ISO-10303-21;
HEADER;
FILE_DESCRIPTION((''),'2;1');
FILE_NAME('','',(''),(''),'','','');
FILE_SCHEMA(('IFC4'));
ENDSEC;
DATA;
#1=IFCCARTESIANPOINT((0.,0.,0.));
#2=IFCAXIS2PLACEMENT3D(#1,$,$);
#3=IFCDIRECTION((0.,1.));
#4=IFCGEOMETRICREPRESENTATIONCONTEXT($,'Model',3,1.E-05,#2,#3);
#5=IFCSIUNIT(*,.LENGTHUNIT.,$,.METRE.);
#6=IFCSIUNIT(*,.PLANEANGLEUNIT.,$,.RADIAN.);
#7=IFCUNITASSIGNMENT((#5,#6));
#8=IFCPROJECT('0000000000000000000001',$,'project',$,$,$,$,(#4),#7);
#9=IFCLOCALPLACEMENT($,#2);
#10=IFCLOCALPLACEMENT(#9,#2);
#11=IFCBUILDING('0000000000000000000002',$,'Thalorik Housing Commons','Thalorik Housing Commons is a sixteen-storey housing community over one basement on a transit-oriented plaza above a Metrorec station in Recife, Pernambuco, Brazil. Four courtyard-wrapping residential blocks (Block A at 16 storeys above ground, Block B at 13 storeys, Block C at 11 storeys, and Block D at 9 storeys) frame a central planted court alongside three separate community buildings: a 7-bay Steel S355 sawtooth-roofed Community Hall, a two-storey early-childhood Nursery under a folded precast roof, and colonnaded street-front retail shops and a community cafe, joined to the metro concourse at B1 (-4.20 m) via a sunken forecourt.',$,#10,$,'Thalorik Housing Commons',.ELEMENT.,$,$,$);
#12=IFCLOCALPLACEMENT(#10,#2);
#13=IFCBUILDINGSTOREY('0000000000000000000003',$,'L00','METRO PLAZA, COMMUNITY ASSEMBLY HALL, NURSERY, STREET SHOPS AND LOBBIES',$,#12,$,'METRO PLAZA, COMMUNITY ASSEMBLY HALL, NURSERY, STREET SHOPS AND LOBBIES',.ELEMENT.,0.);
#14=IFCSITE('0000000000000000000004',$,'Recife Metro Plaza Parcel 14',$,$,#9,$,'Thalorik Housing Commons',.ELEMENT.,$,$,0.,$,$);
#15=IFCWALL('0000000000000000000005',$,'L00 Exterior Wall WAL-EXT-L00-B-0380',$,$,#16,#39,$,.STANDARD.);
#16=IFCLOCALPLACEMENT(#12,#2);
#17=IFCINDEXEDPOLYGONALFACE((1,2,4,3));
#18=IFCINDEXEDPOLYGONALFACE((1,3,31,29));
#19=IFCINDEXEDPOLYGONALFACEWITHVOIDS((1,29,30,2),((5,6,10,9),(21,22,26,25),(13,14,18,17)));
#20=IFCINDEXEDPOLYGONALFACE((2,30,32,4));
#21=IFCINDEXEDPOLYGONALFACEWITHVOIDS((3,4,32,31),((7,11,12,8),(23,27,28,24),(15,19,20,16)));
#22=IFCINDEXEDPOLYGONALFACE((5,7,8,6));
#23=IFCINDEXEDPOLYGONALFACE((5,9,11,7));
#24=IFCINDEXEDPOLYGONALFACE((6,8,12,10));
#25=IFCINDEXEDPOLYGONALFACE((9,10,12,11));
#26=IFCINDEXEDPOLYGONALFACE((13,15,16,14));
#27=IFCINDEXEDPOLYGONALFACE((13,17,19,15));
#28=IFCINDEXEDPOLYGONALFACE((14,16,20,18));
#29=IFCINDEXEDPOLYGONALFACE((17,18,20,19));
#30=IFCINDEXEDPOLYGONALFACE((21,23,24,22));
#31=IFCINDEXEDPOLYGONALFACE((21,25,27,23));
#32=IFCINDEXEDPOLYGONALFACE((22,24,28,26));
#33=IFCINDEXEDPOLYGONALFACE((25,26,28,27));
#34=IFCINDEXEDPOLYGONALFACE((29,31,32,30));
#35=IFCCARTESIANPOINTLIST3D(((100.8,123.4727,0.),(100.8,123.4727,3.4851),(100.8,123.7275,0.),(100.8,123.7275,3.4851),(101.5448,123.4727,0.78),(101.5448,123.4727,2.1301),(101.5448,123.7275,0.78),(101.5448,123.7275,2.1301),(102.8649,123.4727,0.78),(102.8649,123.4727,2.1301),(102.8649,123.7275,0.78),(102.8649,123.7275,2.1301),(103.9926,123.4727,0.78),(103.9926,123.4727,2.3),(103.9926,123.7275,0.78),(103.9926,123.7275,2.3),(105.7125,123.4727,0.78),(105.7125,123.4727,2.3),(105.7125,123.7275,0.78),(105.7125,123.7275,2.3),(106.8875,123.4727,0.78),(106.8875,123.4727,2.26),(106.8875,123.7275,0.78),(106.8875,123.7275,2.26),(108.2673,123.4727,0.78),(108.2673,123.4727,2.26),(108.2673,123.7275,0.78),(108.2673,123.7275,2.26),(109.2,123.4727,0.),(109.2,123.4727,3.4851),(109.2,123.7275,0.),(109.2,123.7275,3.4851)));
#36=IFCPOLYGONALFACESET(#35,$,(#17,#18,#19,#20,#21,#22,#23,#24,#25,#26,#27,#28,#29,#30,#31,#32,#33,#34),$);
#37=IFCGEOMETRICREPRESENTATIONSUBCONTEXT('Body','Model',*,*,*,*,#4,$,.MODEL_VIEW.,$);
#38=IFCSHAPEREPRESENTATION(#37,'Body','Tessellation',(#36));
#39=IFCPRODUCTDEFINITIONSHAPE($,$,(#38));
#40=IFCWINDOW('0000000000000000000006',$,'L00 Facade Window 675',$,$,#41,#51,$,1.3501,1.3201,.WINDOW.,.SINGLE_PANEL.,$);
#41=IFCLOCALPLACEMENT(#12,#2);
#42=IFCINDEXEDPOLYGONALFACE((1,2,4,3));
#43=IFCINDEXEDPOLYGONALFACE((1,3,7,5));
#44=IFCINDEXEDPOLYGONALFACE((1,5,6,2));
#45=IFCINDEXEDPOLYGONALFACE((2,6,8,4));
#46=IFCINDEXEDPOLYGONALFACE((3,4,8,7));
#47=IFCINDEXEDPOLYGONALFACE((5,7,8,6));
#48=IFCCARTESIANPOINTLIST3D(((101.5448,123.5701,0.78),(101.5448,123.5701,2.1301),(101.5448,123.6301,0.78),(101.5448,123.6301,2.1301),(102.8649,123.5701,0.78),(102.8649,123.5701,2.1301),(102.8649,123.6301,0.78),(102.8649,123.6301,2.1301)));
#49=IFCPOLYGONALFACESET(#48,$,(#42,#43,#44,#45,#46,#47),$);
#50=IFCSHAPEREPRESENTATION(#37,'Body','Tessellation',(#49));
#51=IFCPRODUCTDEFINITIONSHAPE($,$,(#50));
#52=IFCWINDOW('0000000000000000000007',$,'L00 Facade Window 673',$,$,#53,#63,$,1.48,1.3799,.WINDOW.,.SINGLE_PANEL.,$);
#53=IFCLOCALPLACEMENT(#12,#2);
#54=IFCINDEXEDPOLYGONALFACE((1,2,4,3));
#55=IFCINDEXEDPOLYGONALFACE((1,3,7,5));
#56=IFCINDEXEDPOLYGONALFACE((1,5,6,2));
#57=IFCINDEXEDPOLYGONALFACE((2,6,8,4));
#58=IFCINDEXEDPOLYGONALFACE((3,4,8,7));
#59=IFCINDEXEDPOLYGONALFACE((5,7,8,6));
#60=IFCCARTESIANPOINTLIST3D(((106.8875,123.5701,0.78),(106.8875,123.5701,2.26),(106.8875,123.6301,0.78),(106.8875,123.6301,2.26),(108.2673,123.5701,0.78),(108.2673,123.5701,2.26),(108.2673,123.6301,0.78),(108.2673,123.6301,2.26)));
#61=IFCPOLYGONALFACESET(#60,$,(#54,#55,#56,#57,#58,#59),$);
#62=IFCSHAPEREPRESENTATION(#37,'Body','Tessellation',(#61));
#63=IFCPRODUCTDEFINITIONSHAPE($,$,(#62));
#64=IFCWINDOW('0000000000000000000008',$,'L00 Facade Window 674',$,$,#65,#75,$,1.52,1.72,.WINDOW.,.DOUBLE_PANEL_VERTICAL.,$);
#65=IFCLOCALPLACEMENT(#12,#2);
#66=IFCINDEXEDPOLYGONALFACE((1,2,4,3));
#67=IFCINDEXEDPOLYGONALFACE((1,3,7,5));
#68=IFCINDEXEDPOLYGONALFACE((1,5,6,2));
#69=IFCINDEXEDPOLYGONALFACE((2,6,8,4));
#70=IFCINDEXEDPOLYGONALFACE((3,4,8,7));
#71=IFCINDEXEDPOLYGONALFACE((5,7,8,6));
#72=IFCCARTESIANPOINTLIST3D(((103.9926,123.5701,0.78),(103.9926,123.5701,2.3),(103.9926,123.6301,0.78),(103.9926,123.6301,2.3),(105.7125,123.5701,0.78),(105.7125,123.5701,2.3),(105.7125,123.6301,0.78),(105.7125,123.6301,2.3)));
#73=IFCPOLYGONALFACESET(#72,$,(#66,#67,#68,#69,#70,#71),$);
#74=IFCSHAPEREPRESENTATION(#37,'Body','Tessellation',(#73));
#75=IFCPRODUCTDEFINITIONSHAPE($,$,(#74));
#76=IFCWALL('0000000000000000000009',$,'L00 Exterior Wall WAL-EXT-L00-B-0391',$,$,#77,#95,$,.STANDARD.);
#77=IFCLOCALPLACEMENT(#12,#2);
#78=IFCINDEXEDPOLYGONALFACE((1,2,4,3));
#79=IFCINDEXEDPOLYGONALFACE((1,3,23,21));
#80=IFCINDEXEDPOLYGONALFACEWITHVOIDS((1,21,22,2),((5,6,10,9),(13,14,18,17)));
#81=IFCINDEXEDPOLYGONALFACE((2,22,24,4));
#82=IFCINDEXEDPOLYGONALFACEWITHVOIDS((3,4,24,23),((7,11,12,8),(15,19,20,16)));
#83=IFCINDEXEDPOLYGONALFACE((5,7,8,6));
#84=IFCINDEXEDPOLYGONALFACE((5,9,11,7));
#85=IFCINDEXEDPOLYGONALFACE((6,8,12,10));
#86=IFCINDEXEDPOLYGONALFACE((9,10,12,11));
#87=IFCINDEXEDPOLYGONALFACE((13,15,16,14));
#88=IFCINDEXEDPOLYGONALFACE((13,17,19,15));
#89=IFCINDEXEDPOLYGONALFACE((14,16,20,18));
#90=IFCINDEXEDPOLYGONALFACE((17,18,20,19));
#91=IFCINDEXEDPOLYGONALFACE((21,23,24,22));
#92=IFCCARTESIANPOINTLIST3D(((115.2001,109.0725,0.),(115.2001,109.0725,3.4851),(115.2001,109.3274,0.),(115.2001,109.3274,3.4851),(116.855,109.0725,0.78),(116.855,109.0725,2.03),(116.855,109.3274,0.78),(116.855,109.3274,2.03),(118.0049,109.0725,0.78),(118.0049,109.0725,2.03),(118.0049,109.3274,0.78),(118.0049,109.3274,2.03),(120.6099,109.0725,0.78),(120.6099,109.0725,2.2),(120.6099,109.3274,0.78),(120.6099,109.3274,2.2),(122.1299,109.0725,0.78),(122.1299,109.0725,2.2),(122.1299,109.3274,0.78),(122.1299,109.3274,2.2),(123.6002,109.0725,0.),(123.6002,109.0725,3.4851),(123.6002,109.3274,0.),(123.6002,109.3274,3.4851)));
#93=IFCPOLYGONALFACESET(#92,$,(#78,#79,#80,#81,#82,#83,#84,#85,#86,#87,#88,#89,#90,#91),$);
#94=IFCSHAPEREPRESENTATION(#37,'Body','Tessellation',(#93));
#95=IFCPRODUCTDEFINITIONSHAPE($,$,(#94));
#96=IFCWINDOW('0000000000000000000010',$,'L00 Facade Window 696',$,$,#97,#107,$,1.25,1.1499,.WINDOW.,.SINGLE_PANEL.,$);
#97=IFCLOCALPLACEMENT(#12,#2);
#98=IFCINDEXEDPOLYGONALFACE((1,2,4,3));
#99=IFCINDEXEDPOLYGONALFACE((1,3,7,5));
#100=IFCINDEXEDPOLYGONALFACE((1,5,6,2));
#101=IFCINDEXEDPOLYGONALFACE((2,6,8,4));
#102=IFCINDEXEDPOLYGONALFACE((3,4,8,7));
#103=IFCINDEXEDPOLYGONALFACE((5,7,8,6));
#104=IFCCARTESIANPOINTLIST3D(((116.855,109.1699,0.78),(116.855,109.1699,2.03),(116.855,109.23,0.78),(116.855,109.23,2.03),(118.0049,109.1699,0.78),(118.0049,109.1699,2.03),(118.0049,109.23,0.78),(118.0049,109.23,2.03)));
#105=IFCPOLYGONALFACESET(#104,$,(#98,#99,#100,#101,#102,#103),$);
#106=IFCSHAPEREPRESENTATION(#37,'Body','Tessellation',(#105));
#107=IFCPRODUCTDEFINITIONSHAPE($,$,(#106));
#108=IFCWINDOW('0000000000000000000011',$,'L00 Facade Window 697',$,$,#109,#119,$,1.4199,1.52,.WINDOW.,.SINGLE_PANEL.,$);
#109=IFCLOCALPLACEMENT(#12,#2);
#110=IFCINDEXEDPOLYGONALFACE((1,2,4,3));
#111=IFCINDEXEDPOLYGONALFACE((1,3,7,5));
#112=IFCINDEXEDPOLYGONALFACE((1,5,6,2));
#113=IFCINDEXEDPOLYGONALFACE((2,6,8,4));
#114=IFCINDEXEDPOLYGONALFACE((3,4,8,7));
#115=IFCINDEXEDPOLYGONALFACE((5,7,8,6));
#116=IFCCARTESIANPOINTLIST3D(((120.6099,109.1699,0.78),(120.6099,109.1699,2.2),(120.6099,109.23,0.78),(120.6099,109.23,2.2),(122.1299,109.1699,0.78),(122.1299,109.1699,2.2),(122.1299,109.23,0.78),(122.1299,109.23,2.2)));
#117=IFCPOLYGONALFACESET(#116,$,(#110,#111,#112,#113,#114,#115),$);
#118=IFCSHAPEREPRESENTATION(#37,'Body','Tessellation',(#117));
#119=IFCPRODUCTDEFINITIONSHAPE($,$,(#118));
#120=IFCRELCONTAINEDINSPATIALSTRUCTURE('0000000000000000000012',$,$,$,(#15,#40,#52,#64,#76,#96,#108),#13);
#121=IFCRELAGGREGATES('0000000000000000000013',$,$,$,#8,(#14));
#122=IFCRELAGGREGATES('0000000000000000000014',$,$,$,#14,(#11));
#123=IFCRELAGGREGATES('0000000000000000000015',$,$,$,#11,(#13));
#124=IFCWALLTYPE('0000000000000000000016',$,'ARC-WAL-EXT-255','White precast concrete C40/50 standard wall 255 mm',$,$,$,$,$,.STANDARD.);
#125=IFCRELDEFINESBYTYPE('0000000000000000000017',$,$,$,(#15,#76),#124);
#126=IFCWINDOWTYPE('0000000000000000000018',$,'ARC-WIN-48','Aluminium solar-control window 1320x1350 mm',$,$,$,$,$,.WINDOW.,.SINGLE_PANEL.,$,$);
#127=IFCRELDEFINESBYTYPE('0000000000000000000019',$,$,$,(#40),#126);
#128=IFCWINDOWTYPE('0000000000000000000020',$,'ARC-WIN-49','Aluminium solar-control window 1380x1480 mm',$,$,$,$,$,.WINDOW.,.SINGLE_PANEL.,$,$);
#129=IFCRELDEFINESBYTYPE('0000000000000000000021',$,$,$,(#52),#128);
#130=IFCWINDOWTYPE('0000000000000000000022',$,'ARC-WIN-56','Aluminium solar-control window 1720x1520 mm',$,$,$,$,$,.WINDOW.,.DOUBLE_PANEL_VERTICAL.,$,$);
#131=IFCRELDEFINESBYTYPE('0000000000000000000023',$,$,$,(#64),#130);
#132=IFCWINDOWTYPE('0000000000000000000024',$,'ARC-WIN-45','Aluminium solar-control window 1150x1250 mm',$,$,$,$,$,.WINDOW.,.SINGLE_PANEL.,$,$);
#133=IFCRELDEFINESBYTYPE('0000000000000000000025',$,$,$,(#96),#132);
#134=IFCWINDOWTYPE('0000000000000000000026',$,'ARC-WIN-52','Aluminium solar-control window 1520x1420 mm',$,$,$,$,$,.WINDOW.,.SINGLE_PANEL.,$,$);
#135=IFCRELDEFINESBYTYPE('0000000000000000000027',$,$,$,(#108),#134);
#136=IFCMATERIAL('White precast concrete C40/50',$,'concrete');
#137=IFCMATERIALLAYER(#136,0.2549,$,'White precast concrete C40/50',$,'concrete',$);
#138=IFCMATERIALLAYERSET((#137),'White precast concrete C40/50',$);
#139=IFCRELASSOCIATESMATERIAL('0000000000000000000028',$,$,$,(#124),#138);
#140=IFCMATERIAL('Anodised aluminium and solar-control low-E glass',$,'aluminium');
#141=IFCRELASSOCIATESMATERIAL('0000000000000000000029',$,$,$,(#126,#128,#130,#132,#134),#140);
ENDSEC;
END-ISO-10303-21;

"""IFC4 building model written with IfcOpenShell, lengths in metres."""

from ifc_helpers import new_model, si_unit, direction, frame, frame_2d, origin, place, context, subcontext, project, spatial, rectangle, extrude, material, layer, layer_set, type_object, element, fill, save


model = new_model("IFC4")

# Units and contexts
model_context = context("Model", 3, precision=1e-05, world=origin(), true_north=direction((0.0, 1.0)))
body_context = subcontext(model_context, "Body", "Model", "MODEL_VIEW")
ifc_project = project(units=[si_unit("LENGTHUNIT", "METRE"), si_unit("PLANEANGLEUNIT", "RADIAN")], contexts=[model_context])

# Site, building, storey
site_placement = place(None, origin())
site = spatial("IfcSite", under=ifc_project, at=site_placement, Name="Recife Metro Plaza Parcel 14", LongName="Thalorik Housing Commons", CompositionType="ELEMENT", RefElevation=0.0)
building_placement = place(site_placement, origin())
building = spatial("IfcBuilding", under=site, at=building_placement, Name="Thalorik Housing Commons", Description="Thalorik Housing Commons is a sixteen-storey housing community over one basement on a transit-oriented plaza above a Metrorec station in Recife, Pernambuco, Brazil. Four courtyard-wrapping residential blocks (Block A at 16 storeys above ground, Block B at 13 storeys, Block C at 11 storeys, and Block D at 9 storeys) frame a central planted court alongside three separate community buildings: a 7-bay Steel S355 sawtooth-roofed Community Hall, a two-storey early-childhood Nursery under a folded precast roof, and colonnaded street-front retail shops and a community cafe, joined to the metro concourse at B1 (-4.20 m) via a sunken forecourt.", LongName="Thalorik Housing Commons", CompositionType="ELEMENT")
storey_placement = place(building_placement, origin())
storey = spatial("IfcBuildingStorey", under=building, at=storey_placement, Name="L00", Description="METRO PLAZA, COMMUNITY ASSEMBLY HALL, NURSERY, STREET SHOPS AND LOBBIES", LongName="METRO PLAZA, COMMUNITY ASSEMBLY HALL, NURSERY, STREET SHOPS AND LOBBIES", CompositionType="ELEMENT", Elevation=0.0)

# Walls, openings, windows
ifc_material_1 = material(Name="White precast concrete C40/50", Category="concrete")
ifc_layer = layer(ifc_material_1, 0.2549, Name="White precast concrete C40/50", Category="concrete")
ifc_layer_set = layer_set([ifc_layer], Name="White precast concrete C40/50")
wall_type = type_object("IfcWallType", Name="ARC-WAL-EXT-255", Description="White precast concrete C40/50 standard wall 255 mm", PredefinedType="STANDARD", material=ifc_layer_set)
wall_1_placement = place(storey_placement, frame((109.2, 123.6001, 0.0), z_axis=(0.0, 0.0, 1.0), x_axis=(-1.0, 0.0, 0.0)))
wall_1 = element("IfcWall", 1, at=wall_1_placement, inside=storey, type_object=wall_type, Name="L00 Exterior Wall WAL-EXT-L00-B-0380", PredefinedType="STANDARD", context=body_context, shape_type="SweptSolid", body=[
    extrude(rectangle(XDim=8.3999, YDim=0.2549, at=frame_2d((4.2, 0.0))), origin(), (0.0, 0.0, 1.0), 3.4851),
])
opening_1_placement = place(wall_1_placement, frame((0.9326, 0.0, 0.78)))
opening_1 = element("IfcOpeningElement", 2, at=opening_1_placement, cuts=wall_1, PredefinedType="OPENING", context=body_context, shape_type="SweptSolid", body=[
    extrude(rectangle(XDim=1.3799, YDim=1.48, at=frame_2d((0.6899, 0.74))), frame((0.0, 0.1375, 0.0), z_axis=(0.0, -1.0, 0.0), x_axis=(1.0, 0.0, 0.0)), (0.0, 0.0, 1.0), 0.2749),
])
opening_2_placement = place(wall_1_placement, frame((3.4875, 0.0, 0.78)))
opening_2 = element("IfcOpeningElement", 3, at=opening_2_placement, cuts=wall_1, PredefinedType="OPENING", context=body_context, shape_type="SweptSolid", body=[
    extrude(rectangle(XDim=1.72, YDim=1.52, at=frame_2d((0.8599, 0.76))), frame((0.0, 0.1375, 0.0), z_axis=(0.0, -1.0, 0.0), x_axis=(1.0, 0.0, 0.0)), (0.0, 0.0, 1.0), 0.2749),
])
opening_3_placement = place(wall_1_placement, frame((6.335, 0.0, 0.78)))
opening_3 = element("IfcOpeningElement", 4, at=opening_3_placement, cuts=wall_1, PredefinedType="OPENING", context=body_context, shape_type="SweptSolid", body=[
    extrude(rectangle(XDim=1.3201, YDim=1.3501, at=frame_2d((0.6602, 0.675))), frame((0.0, 0.1375, 0.0), z_axis=(0.0, -1.0, 0.0), x_axis=(1.0, 0.0, 0.0)), (0.0, 0.0, 1.0), 0.2749),
])
ifc_material_2 = material(Name="Anodised aluminium and solar-control low-E glass", Category="aluminium")
window_type_1 = type_object("IfcWindowType", Name="ARC-WIN-48", Description="Aluminium solar-control window 1320x1350 mm", PartitioningType="SINGLE_PANEL", PredefinedType="WINDOW", material=ifc_material_2)
window_1_placement = place(opening_3_placement, origin())
window_1 = element("IfcWindow", 5, at=window_1_placement, inside=storey, type_object=window_type_1, Name="L00 Facade Window 675", OverallHeight=1.3501, OverallWidth=1.3201, PartitioningType="SINGLE_PANEL", PredefinedType="WINDOW", context=body_context, shape_type="SweptSolid", body=[
    extrude(rectangle(XDim=1.3201, YDim=1.3501, at=frame_2d((0.6602, 0.675))), frame((0.0, 0.03, 0.0), z_axis=(0.0, -1.0, 0.0), x_axis=(1.0, 0.0, 0.0)), (0.0, 0.0, 1.0), 0.0601),
])
fill(opening_3, window_1)
window_type_2 = type_object("IfcWindowType", Name="ARC-WIN-49", Description="Aluminium solar-control window 1380x1480 mm", PartitioningType="SINGLE_PANEL", PredefinedType="WINDOW", material=ifc_material_2)
window_2_placement = place(opening_1_placement, origin())
window_2 = element("IfcWindow", 6, at=window_2_placement, inside=storey, type_object=window_type_2, Name="L00 Facade Window 673", OverallHeight=1.48, OverallWidth=1.3799, PartitioningType="SINGLE_PANEL", PredefinedType="WINDOW", context=body_context, shape_type="SweptSolid", body=[
    extrude(rectangle(XDim=1.3799, YDim=1.48, at=frame_2d((0.6899, 0.74))), frame((0.0, 0.03, 0.0), z_axis=(0.0, -1.0, 0.0), x_axis=(1.0, 0.0, 0.0)), (0.0, 0.0, 1.0), 0.0601),
])
fill(opening_1, window_2)
window_type_3 = type_object("IfcWindowType", Name="ARC-WIN-56", Description="Aluminium solar-control window 1720x1520 mm", PartitioningType="DOUBLE_PANEL_VERTICAL", PredefinedType="WINDOW", material=ifc_material_2)
window_3_placement = place(opening_2_placement, origin())
window_3 = element("IfcWindow", 7, at=window_3_placement, inside=storey, type_object=window_type_3, Name="L00 Facade Window 674", OverallHeight=1.52, OverallWidth=1.72, PartitioningType="DOUBLE_PANEL_VERTICAL", PredefinedType="WINDOW", context=body_context, shape_type="SweptSolid", body=[
    extrude(rectangle(XDim=1.72, YDim=1.52, at=frame_2d((0.8599, 0.76))), frame((0.0, 0.03, 0.0), z_axis=(0.0, -1.0, 0.0), x_axis=(1.0, 0.0, 0.0)), (0.0, 0.0, 1.0), 0.0601),
])
fill(opening_2, window_3)
wall_2_placement = place(storey_placement, frame((115.2, 109.2, 0.0), z_axis=(0.0, 0.0, 1.0), x_axis=(1.0, 0.0, 0.0)))
wall_2 = element("IfcWall", 8, at=wall_2_placement, inside=storey, type_object=wall_type, Name="L00 Exterior Wall WAL-EXT-L00-B-0391", PredefinedType="STANDARD", context=body_context, shape_type="SweptSolid", body=[
    extrude(rectangle(XDim=8.4001, YDim=0.2549, at=frame_2d((4.2002, 0.0))), origin(), (0.0, 0.0, 1.0), 3.4851),
])
opening_4_placement = place(wall_2_placement, frame((1.655, 0.0, 0.78)))
opening_4 = element("IfcOpeningElement", 9, at=opening_4_placement, cuts=wall_2, PredefinedType="OPENING", context=body_context, shape_type="SweptSolid", body=[
    extrude(rectangle(XDim=1.1499, YDim=1.25, at=frame_2d((0.575, 0.625))), frame((0.0, 0.1375, 0.0), z_axis=(0.0, -1.0, 0.0), x_axis=(1.0, 0.0, 0.0)), (0.0, 0.0, 1.0), 0.2749),
])
opening_5_placement = place(wall_2_placement, frame((5.4099, 0.0, 0.78)))
opening_5 = element("IfcOpeningElement", 10, at=opening_5_placement, cuts=wall_2, PredefinedType="OPENING", context=body_context, shape_type="SweptSolid", body=[
    extrude(rectangle(XDim=1.52, YDim=1.4199, at=frame_2d((0.76, 0.71))), frame((0.0, 0.1375, 0.0), z_axis=(0.0, -1.0, 0.0), x_axis=(1.0, 0.0, 0.0)), (0.0, 0.0, 1.0), 0.2749),
])
window_type_4 = type_object("IfcWindowType", Name="ARC-WIN-45", Description="Aluminium solar-control window 1150x1250 mm", PartitioningType="SINGLE_PANEL", PredefinedType="WINDOW", material=ifc_material_2)
window_4_placement = place(opening_4_placement, origin())
window_4 = element("IfcWindow", 11, at=window_4_placement, inside=storey, type_object=window_type_4, Name="L00 Facade Window 696", OverallHeight=1.25, OverallWidth=1.1499, PartitioningType="SINGLE_PANEL", PredefinedType="WINDOW", context=body_context, shape_type="SweptSolid", body=[
    extrude(rectangle(XDim=1.1499, YDim=1.25, at=frame_2d((0.575, 0.625))), frame((0.0, 0.03, 0.0), z_axis=(0.0, -1.0, 0.0), x_axis=(1.0, 0.0, 0.0)), (0.0, 0.0, 1.0), 0.0601),
])
fill(opening_4, window_4)
window_type_5 = type_object("IfcWindowType", Name="ARC-WIN-52", Description="Aluminium solar-control window 1520x1420 mm", PartitioningType="SINGLE_PANEL", PredefinedType="WINDOW", material=ifc_material_2)
window_5_placement = place(opening_5_placement, origin())
window_5 = element("IfcWindow", 12, at=window_5_placement, inside=storey, type_object=window_type_5, Name="L00 Facade Window 697", OverallHeight=1.4199, OverallWidth=1.52, PartitioningType="SINGLE_PANEL", PredefinedType="WINDOW", context=body_context, shape_type="SweptSolid", body=[
    extrude(rectangle(XDim=1.52, YDim=1.4199, at=frame_2d((0.76, 0.71))), frame((0.0, 0.03, 0.0), z_axis=(0.0, -1.0, 0.0), x_axis=(1.0, 0.0, 0.0)), (0.0, 0.0, 1.0), 0.0601),
])
fill(opening_5, window_5)

save(model, "model.ifc")
